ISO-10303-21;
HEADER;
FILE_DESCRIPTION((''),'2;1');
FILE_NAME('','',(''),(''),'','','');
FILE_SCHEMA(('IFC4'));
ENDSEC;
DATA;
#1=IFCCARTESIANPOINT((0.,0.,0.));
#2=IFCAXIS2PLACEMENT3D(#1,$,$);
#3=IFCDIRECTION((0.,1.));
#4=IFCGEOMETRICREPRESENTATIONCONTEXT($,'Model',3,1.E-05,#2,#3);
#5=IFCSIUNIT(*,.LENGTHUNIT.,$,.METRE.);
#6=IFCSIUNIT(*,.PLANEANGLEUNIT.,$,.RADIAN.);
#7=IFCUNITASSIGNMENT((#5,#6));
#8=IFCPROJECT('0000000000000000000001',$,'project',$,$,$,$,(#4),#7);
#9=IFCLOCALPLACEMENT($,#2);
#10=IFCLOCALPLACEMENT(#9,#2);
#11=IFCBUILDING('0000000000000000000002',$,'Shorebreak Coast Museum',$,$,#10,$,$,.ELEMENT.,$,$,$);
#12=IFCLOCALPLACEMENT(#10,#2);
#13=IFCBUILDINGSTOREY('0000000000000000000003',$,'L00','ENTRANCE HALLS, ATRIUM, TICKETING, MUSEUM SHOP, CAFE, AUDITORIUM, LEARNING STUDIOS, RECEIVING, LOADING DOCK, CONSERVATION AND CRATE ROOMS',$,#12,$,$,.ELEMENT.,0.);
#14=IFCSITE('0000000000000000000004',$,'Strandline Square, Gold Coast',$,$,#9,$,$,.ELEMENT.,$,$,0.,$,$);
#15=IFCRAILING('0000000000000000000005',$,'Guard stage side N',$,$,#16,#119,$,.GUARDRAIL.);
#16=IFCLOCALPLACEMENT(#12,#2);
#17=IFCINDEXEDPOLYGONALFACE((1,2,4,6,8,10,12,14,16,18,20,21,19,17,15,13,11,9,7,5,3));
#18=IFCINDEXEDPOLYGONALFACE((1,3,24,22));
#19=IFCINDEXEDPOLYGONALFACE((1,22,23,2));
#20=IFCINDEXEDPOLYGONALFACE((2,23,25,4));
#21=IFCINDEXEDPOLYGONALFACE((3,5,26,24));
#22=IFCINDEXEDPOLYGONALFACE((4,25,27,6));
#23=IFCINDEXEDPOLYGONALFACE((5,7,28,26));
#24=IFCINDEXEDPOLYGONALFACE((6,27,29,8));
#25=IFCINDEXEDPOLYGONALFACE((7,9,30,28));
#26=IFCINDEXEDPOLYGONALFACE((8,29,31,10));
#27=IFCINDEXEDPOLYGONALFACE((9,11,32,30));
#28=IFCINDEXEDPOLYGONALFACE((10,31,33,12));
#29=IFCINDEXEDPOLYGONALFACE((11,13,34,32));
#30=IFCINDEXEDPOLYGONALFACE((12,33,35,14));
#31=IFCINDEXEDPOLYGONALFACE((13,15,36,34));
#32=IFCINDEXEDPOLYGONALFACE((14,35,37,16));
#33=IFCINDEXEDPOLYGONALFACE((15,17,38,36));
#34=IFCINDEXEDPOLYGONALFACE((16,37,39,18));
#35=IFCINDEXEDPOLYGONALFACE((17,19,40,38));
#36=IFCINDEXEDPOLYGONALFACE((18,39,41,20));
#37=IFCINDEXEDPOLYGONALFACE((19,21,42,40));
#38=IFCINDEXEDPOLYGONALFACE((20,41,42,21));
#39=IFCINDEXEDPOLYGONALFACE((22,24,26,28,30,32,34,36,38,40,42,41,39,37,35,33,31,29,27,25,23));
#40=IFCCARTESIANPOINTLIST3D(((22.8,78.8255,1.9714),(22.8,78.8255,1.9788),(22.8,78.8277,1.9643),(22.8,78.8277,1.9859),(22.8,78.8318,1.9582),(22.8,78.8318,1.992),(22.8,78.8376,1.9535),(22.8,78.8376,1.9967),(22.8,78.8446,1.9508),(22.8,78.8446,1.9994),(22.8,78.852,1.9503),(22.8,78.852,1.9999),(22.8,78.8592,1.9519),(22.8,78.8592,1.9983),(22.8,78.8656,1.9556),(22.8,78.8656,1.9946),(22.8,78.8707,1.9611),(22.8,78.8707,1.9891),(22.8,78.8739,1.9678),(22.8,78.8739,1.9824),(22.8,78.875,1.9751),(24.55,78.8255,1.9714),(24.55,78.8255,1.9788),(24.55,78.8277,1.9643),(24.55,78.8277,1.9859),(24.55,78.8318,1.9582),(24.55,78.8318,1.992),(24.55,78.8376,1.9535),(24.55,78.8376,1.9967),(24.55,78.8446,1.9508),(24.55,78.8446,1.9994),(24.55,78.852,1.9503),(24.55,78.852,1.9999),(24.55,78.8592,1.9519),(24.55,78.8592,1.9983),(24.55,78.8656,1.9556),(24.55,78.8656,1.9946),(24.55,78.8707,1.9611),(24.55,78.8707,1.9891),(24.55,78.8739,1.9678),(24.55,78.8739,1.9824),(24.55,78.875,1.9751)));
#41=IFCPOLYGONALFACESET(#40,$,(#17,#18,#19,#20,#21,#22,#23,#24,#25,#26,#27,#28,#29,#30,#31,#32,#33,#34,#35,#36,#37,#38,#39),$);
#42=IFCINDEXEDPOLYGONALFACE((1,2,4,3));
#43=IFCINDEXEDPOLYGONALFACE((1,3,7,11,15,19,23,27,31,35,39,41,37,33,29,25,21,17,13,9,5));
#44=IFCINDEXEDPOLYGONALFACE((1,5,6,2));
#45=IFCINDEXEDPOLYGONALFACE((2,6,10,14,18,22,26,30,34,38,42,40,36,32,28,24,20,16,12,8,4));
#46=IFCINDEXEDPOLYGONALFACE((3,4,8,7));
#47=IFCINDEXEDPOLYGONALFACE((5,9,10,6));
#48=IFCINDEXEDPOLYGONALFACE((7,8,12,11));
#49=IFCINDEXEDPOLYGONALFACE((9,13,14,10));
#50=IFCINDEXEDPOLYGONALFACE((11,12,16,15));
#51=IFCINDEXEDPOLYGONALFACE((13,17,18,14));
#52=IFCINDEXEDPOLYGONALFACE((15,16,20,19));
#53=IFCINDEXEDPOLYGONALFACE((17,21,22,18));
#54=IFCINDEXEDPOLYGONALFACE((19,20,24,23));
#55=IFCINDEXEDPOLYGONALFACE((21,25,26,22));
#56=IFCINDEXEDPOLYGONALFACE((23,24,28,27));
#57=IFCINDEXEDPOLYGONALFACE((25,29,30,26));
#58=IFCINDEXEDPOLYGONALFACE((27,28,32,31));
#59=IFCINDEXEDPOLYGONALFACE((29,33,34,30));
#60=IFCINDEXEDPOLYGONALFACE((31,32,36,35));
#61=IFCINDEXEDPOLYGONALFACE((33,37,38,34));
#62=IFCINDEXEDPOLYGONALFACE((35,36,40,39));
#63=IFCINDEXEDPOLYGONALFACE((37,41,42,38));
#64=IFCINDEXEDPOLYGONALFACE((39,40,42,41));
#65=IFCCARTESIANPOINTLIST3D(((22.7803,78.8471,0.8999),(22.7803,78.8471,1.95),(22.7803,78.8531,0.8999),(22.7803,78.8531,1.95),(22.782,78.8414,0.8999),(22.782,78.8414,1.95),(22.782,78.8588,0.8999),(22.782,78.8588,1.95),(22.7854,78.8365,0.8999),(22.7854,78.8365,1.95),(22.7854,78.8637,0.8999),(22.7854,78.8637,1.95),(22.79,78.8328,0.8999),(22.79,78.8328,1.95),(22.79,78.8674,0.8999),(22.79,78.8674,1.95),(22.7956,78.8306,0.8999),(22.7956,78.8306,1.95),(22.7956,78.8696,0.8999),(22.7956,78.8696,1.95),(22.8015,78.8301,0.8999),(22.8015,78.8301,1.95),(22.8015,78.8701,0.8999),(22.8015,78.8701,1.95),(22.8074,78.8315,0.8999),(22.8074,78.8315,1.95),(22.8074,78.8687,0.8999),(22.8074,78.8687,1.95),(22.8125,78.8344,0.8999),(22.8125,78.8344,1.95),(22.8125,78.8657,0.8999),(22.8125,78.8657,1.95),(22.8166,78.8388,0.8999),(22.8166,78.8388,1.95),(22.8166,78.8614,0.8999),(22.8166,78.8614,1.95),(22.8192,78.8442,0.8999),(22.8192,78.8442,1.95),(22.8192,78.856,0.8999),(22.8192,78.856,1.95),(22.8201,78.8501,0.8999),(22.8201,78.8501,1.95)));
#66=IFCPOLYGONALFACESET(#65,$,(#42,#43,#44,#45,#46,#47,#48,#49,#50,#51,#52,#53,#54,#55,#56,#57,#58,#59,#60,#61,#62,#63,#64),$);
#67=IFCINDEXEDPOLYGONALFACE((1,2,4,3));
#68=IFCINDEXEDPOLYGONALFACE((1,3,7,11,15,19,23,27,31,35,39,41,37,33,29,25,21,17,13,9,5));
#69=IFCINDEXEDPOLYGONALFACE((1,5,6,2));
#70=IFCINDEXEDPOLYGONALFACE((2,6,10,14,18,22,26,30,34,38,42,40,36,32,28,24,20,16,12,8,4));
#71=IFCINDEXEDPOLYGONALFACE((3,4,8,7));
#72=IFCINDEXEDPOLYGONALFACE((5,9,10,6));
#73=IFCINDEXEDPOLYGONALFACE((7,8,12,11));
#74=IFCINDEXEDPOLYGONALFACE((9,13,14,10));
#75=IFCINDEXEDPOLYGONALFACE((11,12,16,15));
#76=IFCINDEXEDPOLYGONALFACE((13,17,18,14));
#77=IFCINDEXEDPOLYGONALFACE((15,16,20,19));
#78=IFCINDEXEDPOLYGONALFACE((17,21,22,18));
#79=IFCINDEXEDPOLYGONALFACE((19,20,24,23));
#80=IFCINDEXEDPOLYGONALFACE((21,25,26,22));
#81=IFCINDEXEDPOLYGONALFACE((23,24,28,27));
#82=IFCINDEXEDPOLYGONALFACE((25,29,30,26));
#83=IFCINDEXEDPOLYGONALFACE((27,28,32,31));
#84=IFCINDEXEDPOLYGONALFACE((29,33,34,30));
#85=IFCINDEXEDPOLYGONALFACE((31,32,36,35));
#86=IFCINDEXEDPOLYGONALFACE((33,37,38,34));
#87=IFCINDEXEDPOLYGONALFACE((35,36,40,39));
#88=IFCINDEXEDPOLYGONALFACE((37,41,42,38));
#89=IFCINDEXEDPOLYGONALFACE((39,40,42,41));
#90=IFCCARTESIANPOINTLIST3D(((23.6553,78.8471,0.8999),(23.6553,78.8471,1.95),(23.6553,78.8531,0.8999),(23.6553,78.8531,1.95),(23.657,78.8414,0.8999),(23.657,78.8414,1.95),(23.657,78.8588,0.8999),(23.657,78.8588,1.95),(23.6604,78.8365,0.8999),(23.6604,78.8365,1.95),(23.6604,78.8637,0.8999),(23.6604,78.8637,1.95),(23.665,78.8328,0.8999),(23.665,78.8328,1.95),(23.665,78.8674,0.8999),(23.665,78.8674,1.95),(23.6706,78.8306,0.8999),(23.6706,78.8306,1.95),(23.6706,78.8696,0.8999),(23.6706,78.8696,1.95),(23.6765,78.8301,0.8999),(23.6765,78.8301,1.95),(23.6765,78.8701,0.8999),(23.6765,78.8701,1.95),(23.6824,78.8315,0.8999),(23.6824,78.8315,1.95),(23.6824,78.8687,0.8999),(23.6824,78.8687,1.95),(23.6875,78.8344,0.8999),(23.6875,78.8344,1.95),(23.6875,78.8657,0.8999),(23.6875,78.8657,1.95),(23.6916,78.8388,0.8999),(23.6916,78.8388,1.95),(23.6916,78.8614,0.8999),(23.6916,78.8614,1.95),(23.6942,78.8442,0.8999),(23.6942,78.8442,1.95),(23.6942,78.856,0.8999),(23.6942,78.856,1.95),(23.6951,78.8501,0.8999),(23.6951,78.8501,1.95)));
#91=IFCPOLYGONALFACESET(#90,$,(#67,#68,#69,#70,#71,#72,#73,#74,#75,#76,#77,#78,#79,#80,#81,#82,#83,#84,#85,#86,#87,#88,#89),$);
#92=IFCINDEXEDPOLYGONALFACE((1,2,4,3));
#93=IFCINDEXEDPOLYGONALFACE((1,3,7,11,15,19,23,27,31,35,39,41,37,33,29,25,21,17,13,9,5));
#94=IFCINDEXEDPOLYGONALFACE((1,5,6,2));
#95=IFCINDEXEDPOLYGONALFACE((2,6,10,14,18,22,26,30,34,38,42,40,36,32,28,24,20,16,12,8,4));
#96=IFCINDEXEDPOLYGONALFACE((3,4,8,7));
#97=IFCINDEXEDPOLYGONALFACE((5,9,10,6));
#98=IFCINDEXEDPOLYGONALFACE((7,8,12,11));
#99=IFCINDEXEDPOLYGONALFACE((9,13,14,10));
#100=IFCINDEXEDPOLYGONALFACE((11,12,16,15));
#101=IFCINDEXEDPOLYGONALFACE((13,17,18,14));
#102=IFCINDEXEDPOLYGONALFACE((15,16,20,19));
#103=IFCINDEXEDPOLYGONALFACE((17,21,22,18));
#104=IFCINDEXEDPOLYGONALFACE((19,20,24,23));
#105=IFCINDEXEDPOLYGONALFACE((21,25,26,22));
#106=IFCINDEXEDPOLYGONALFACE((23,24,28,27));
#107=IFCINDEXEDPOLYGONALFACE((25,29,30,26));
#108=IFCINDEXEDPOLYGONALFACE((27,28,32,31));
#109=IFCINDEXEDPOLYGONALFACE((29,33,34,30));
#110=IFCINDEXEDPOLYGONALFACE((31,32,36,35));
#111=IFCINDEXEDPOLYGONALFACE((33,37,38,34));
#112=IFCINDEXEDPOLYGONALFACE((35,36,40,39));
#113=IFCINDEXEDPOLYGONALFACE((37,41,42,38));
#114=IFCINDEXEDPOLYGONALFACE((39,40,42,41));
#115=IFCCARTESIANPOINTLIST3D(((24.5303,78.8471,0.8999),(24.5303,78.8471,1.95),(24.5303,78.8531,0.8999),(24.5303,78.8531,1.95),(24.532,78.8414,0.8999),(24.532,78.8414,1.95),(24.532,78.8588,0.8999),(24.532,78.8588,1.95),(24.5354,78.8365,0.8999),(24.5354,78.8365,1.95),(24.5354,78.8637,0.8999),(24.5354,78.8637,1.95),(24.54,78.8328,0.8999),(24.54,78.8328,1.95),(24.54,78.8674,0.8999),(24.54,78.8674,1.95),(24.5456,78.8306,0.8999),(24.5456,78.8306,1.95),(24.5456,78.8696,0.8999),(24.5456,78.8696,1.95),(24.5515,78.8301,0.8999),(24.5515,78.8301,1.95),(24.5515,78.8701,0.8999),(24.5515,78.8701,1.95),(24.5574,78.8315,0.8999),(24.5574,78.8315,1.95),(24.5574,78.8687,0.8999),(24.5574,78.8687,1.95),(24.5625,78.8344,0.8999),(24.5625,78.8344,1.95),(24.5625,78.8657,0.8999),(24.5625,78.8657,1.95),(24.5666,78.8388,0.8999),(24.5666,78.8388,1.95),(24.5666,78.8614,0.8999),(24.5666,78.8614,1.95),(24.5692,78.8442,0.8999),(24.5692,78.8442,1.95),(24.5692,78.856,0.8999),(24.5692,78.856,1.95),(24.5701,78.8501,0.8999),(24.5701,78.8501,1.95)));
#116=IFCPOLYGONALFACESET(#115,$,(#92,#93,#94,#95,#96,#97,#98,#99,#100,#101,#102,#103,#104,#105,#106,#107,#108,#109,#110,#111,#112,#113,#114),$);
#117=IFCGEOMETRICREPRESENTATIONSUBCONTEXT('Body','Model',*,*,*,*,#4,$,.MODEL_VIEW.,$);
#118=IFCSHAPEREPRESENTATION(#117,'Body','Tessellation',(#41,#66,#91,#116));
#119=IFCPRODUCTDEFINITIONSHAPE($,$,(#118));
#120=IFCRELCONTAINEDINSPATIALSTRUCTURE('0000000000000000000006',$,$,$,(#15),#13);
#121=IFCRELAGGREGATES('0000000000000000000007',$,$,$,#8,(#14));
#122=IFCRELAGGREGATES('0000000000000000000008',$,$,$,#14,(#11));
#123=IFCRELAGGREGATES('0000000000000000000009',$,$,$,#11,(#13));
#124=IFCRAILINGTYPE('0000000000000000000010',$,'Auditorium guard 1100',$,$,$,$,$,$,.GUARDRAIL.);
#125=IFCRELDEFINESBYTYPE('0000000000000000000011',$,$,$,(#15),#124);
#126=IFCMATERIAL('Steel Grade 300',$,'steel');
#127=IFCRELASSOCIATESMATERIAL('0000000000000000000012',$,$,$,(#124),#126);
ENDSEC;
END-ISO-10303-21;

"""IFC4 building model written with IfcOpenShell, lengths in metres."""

from ifc_helpers import new_model, si_unit, direction, frame, origin, origin_2d, place, context, subcontext, project, spatial, circle, extrude, material, type_object, element, save


model = new_model("IFC4")

# Units and contexts
model_context = context("Model", 3, precision=1e-05, world=origin(), true_north=direction((0.0, 1.0)))
body_context = subcontext(model_context, "Body", "Model", "MODEL_VIEW")
ifc_project = project(units=[si_unit("LENGTHUNIT", "METRE"), si_unit("PLANEANGLEUNIT", "RADIAN")], contexts=[model_context])

# Site, building, storey
site_placement = place(None, origin())
site = spatial("IfcSite", under=ifc_project, at=site_placement, Name="Strandline Square, Gold Coast", CompositionType="ELEMENT", RefElevation=0.0)
building_placement = place(site_placement, origin())
building = spatial("IfcBuilding", under=site, at=building_placement, Name="Shorebreak Coast Museum", CompositionType="ELEMENT")
storey_placement = place(building_placement, origin())
storey = spatial("IfcBuildingStorey", under=building, at=storey_placement, Name="L00", Description="ENTRANCE HALLS, ATRIUM, TICKETING, MUSEUM SHOP, CAFE, AUDITORIUM, LEARNING STUDIOS, RECEIVING, LOADING DOCK, CONSERVATION AND CRATE ROOMS", CompositionType="ELEMENT", Elevation=0.0)

# Railing
ifc_material_1 = material(Name="Steel Grade 300", Category="steel")
railing_type_1 = type_object("IfcRailingType", Name="Auditorium guard 1100", PredefinedType="GUARDRAIL", material=ifc_material_1)
railing_1_placement = place(storey_placement, frame((22.8, 78.8501, 0.8999)))
element("IfcRailing", 1, at=railing_1_placement, inside=storey, type_object=railing_type_1, Name="Guard stage side N", PredefinedType="GUARDRAIL", context=body_context, shape_type="SweptSolid", body=[
    extrude(circle(Radius=0.0249, at=origin_2d()), frame((0.0, 0.0, 1.0752), z_axis=(1.0, 0.0, 0.0), x_axis=(0.0, 1.0, 0.0)), (0.0, 0.0, 1.0), 1.75),
    extrude(circle(Radius=0.02, at=origin_2d()), origin(), (0.0, 0.0, 1.0), 1.05),
    extrude(circle(Radius=0.02, at=origin_2d()), frame((0.875, 0.0, 0.0)), (0.0, 0.0, 1.0), 1.05),
    extrude(circle(Radius=0.02, at=origin_2d()), frame((1.75, 0.0, 0.0)), (0.0, 0.0, 1.0), 1.05),
])

save(model, "model.ifc")
